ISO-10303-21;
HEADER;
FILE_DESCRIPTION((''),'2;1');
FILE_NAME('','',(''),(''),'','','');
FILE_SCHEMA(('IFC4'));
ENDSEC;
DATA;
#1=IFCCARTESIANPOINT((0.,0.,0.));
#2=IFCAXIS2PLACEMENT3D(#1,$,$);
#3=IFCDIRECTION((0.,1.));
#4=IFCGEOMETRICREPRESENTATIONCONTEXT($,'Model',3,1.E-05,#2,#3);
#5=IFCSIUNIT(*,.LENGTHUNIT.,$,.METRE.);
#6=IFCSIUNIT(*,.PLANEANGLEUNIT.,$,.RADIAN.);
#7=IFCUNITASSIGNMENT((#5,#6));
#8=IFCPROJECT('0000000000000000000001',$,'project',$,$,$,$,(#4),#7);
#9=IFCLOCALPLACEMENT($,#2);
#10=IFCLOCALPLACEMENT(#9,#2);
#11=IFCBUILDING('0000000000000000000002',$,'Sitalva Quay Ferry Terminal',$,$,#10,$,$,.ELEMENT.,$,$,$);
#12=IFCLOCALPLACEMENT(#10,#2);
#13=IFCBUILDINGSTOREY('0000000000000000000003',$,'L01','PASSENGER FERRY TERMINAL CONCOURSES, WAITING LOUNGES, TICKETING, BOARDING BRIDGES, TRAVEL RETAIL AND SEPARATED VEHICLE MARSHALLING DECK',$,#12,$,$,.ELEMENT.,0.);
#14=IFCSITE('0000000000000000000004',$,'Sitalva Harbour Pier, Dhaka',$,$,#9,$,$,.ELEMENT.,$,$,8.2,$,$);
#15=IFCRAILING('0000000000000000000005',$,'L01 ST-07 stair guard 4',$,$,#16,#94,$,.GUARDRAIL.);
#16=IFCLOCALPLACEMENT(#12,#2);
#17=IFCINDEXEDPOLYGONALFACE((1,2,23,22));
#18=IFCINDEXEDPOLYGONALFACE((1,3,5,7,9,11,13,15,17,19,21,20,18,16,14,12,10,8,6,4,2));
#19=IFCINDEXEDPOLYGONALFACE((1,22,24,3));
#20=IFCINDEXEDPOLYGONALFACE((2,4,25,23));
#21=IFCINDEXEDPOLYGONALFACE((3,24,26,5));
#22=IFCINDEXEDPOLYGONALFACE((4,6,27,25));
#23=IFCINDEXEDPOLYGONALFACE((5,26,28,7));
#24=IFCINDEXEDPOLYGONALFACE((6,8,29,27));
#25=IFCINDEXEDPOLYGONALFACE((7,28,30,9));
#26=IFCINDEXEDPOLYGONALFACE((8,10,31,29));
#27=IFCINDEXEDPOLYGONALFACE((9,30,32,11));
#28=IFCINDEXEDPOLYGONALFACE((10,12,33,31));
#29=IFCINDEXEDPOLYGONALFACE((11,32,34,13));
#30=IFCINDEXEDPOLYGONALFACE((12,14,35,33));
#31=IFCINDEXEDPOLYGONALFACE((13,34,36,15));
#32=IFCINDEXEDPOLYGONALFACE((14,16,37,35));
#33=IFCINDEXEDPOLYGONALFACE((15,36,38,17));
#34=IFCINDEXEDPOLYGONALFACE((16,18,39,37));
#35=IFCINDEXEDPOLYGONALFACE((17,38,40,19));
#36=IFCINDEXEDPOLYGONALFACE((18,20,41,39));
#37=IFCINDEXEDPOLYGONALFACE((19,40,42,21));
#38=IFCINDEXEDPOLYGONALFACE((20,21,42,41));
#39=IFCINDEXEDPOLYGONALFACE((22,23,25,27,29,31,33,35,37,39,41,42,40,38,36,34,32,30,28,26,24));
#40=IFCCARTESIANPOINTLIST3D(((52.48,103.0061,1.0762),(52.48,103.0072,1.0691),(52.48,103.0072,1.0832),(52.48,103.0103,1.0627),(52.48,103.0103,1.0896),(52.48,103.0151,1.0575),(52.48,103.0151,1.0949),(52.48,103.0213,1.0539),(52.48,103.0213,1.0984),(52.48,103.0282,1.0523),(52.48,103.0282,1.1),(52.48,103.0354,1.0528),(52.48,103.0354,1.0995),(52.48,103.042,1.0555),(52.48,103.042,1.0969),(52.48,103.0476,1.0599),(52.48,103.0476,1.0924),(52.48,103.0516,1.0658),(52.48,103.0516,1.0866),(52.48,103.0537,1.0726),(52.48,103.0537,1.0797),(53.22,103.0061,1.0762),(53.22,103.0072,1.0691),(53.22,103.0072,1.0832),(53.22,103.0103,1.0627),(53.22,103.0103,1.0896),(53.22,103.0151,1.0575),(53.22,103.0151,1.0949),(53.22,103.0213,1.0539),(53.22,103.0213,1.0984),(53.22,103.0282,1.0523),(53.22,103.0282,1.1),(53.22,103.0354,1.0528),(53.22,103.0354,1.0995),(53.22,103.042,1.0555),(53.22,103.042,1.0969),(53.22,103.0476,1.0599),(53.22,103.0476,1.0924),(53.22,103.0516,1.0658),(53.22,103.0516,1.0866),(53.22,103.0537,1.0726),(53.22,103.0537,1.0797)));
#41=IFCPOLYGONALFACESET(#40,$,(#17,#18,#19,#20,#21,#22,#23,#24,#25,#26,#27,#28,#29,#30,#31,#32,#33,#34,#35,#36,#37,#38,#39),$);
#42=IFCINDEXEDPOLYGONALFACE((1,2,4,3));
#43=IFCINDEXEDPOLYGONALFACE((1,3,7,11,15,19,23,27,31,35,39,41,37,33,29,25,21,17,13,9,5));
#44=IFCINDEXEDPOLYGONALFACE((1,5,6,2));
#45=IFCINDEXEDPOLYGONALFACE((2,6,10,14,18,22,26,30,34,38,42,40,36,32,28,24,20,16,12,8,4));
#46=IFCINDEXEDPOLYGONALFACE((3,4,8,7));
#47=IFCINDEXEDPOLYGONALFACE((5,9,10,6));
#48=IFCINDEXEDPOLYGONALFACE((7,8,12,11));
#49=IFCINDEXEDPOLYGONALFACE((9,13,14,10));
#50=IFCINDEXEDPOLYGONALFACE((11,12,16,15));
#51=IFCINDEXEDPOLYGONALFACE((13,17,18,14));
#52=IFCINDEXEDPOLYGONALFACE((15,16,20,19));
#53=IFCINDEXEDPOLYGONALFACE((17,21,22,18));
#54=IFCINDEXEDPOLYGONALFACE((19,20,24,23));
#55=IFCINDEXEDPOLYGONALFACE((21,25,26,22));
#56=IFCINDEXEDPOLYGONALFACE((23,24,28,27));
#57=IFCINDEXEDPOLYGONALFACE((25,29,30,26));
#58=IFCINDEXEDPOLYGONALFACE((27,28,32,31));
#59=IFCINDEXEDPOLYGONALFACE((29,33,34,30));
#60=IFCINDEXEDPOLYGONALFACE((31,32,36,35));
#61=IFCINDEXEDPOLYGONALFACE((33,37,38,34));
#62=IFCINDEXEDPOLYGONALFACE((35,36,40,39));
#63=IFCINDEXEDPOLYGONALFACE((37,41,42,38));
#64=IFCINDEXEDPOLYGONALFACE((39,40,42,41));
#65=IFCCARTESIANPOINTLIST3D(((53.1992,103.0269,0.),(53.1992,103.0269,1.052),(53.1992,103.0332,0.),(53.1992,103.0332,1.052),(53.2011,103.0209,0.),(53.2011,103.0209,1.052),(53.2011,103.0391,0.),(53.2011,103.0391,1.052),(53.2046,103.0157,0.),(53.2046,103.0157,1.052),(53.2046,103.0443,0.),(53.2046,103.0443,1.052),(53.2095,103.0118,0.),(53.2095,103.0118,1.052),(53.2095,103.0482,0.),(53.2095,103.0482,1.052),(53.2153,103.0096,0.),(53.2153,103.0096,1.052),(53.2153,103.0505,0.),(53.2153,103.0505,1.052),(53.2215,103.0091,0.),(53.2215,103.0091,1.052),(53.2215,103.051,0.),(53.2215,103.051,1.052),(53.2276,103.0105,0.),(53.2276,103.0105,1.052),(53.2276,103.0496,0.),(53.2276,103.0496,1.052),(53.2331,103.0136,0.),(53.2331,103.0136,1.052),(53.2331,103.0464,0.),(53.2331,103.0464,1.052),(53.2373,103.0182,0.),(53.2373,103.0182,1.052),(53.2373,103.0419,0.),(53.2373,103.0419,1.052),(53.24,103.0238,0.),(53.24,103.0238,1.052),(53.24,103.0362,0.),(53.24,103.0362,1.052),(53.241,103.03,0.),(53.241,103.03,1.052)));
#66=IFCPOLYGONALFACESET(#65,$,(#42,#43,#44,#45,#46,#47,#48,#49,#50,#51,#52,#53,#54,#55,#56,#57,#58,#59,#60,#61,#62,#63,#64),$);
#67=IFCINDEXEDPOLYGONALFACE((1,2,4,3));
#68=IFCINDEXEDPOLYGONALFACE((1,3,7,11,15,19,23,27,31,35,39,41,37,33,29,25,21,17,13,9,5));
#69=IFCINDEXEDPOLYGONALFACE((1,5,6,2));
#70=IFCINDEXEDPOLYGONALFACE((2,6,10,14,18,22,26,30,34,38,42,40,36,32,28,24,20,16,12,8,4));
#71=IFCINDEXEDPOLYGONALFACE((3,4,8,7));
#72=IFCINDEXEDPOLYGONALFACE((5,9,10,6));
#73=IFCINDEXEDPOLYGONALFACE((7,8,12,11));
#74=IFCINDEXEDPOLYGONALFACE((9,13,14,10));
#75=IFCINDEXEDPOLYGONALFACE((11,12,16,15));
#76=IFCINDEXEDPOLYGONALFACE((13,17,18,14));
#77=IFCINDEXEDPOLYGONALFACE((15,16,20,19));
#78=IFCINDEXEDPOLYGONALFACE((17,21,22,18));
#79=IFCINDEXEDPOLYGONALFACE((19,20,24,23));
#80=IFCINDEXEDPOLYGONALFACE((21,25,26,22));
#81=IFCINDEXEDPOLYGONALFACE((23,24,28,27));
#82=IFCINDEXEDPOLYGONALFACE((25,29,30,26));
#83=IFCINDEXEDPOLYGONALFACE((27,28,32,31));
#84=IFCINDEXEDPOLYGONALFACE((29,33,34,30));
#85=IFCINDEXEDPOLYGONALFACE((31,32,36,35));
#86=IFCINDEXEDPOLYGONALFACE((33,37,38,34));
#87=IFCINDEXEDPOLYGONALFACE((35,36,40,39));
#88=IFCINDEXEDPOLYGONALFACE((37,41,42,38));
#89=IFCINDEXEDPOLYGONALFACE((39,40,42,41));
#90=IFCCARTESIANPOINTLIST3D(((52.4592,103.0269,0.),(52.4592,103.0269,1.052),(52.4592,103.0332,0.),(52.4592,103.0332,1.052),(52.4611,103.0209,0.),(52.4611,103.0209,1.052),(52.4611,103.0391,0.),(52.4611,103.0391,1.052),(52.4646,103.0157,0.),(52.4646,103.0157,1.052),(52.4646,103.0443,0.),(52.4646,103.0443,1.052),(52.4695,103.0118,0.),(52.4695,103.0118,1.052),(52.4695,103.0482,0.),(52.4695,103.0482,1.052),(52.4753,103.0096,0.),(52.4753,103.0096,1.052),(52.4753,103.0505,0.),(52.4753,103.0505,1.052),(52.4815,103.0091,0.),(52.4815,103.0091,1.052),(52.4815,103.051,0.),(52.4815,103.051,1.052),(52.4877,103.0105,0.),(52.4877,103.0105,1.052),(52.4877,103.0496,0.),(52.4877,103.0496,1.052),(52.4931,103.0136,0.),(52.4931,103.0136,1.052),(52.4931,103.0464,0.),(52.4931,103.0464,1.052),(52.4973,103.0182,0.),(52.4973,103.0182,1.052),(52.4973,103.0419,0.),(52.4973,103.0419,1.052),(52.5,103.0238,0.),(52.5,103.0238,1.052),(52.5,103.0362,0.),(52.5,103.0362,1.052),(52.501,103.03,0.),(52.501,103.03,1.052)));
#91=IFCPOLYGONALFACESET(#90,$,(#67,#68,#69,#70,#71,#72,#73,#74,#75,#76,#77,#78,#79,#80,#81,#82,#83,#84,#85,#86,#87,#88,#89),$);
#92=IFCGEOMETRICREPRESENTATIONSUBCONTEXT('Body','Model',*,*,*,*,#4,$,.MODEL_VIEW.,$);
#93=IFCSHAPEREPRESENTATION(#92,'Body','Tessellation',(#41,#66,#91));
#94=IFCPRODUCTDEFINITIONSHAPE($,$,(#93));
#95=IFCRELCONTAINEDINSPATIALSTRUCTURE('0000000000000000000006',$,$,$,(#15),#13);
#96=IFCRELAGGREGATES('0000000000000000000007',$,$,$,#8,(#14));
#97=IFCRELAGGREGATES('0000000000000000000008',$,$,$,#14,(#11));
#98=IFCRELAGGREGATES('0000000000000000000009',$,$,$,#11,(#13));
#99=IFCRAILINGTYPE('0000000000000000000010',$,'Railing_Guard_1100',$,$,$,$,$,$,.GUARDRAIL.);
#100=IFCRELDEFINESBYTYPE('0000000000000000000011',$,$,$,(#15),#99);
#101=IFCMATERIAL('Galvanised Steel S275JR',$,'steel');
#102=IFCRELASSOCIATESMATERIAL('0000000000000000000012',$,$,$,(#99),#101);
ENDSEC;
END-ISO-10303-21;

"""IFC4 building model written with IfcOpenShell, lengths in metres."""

from ifc_helpers import new_model, si_unit, direction, frame, origin, origin_2d, place, context, subcontext, project, spatial, circle, extrude, material, type_object, element, save


model = new_model("IFC4")

# Units and contexts
model_context = context("Model", 3, precision=1e-05, world=origin(), true_north=direction((0.0, 1.0)))
body_context = subcontext(model_context, "Body", "Model", "MODEL_VIEW")
ifc_project = project(units=[si_unit("LENGTHUNIT", "METRE"), si_unit("PLANEANGLEUNIT", "RADIAN")], contexts=[model_context])

# Site, building, storey
site_placement = place(None, origin())
site = spatial("IfcSite", under=ifc_project, at=site_placement, Name="Sitalva Harbour Pier, Dhaka", CompositionType="ELEMENT", RefElevation=8.2)
building_placement = place(site_placement, origin())
building = spatial("IfcBuilding", under=site, at=building_placement, Name="Sitalva Quay Ferry Terminal", CompositionType="ELEMENT")
storey_placement = place(building_placement, origin())
storey = spatial("IfcBuildingStorey", under=building, at=storey_placement, Name="L01", Description="PASSENGER FERRY TERMINAL CONCOURSES, WAITING LOUNGES, TICKETING, BOARDING BRIDGES, TRAVEL RETAIL AND SEPARATED VEHICLE MARSHALLING DECK", CompositionType="ELEMENT", Elevation=0.0)

# Railing
ifc_material_1 = material(Name="Galvanised Steel S275JR", Category="steel")
railing_type = type_object("IfcRailingType", Name="Railing_Guard_1100", PredefinedType="GUARDRAIL", material=ifc_material_1)
railing_1_placement = place(storey_placement, frame((53.22, 103.03, 0.0)))
element("IfcRailing", 1, at=railing_1_placement, inside=storey, type_object=railing_type, Name="L01 ST-07 stair guard 4", PredefinedType="GUARDRAIL", context=body_context, shape_type="SweptSolid", body=[
    extrude(circle(Radius=0.0239, at=origin_2d()), frame((0.0, 0.0, 1.0762), z_axis=(-1.0, 0.0, 0.0), x_axis=(0.0, -1.0, 0.0)), (0.0, 0.0, 1.0), 0.74),
    extrude(circle(Radius=0.021, at=origin_2d()), origin(), (0.0, 0.0, 1.0), 1.052),
    extrude(circle(Radius=0.021, at=origin_2d()), frame((-0.74, 0.0, 0.0)), (0.0, 0.0, 1.0), 1.052),
])

save(model, "model.ifc")
